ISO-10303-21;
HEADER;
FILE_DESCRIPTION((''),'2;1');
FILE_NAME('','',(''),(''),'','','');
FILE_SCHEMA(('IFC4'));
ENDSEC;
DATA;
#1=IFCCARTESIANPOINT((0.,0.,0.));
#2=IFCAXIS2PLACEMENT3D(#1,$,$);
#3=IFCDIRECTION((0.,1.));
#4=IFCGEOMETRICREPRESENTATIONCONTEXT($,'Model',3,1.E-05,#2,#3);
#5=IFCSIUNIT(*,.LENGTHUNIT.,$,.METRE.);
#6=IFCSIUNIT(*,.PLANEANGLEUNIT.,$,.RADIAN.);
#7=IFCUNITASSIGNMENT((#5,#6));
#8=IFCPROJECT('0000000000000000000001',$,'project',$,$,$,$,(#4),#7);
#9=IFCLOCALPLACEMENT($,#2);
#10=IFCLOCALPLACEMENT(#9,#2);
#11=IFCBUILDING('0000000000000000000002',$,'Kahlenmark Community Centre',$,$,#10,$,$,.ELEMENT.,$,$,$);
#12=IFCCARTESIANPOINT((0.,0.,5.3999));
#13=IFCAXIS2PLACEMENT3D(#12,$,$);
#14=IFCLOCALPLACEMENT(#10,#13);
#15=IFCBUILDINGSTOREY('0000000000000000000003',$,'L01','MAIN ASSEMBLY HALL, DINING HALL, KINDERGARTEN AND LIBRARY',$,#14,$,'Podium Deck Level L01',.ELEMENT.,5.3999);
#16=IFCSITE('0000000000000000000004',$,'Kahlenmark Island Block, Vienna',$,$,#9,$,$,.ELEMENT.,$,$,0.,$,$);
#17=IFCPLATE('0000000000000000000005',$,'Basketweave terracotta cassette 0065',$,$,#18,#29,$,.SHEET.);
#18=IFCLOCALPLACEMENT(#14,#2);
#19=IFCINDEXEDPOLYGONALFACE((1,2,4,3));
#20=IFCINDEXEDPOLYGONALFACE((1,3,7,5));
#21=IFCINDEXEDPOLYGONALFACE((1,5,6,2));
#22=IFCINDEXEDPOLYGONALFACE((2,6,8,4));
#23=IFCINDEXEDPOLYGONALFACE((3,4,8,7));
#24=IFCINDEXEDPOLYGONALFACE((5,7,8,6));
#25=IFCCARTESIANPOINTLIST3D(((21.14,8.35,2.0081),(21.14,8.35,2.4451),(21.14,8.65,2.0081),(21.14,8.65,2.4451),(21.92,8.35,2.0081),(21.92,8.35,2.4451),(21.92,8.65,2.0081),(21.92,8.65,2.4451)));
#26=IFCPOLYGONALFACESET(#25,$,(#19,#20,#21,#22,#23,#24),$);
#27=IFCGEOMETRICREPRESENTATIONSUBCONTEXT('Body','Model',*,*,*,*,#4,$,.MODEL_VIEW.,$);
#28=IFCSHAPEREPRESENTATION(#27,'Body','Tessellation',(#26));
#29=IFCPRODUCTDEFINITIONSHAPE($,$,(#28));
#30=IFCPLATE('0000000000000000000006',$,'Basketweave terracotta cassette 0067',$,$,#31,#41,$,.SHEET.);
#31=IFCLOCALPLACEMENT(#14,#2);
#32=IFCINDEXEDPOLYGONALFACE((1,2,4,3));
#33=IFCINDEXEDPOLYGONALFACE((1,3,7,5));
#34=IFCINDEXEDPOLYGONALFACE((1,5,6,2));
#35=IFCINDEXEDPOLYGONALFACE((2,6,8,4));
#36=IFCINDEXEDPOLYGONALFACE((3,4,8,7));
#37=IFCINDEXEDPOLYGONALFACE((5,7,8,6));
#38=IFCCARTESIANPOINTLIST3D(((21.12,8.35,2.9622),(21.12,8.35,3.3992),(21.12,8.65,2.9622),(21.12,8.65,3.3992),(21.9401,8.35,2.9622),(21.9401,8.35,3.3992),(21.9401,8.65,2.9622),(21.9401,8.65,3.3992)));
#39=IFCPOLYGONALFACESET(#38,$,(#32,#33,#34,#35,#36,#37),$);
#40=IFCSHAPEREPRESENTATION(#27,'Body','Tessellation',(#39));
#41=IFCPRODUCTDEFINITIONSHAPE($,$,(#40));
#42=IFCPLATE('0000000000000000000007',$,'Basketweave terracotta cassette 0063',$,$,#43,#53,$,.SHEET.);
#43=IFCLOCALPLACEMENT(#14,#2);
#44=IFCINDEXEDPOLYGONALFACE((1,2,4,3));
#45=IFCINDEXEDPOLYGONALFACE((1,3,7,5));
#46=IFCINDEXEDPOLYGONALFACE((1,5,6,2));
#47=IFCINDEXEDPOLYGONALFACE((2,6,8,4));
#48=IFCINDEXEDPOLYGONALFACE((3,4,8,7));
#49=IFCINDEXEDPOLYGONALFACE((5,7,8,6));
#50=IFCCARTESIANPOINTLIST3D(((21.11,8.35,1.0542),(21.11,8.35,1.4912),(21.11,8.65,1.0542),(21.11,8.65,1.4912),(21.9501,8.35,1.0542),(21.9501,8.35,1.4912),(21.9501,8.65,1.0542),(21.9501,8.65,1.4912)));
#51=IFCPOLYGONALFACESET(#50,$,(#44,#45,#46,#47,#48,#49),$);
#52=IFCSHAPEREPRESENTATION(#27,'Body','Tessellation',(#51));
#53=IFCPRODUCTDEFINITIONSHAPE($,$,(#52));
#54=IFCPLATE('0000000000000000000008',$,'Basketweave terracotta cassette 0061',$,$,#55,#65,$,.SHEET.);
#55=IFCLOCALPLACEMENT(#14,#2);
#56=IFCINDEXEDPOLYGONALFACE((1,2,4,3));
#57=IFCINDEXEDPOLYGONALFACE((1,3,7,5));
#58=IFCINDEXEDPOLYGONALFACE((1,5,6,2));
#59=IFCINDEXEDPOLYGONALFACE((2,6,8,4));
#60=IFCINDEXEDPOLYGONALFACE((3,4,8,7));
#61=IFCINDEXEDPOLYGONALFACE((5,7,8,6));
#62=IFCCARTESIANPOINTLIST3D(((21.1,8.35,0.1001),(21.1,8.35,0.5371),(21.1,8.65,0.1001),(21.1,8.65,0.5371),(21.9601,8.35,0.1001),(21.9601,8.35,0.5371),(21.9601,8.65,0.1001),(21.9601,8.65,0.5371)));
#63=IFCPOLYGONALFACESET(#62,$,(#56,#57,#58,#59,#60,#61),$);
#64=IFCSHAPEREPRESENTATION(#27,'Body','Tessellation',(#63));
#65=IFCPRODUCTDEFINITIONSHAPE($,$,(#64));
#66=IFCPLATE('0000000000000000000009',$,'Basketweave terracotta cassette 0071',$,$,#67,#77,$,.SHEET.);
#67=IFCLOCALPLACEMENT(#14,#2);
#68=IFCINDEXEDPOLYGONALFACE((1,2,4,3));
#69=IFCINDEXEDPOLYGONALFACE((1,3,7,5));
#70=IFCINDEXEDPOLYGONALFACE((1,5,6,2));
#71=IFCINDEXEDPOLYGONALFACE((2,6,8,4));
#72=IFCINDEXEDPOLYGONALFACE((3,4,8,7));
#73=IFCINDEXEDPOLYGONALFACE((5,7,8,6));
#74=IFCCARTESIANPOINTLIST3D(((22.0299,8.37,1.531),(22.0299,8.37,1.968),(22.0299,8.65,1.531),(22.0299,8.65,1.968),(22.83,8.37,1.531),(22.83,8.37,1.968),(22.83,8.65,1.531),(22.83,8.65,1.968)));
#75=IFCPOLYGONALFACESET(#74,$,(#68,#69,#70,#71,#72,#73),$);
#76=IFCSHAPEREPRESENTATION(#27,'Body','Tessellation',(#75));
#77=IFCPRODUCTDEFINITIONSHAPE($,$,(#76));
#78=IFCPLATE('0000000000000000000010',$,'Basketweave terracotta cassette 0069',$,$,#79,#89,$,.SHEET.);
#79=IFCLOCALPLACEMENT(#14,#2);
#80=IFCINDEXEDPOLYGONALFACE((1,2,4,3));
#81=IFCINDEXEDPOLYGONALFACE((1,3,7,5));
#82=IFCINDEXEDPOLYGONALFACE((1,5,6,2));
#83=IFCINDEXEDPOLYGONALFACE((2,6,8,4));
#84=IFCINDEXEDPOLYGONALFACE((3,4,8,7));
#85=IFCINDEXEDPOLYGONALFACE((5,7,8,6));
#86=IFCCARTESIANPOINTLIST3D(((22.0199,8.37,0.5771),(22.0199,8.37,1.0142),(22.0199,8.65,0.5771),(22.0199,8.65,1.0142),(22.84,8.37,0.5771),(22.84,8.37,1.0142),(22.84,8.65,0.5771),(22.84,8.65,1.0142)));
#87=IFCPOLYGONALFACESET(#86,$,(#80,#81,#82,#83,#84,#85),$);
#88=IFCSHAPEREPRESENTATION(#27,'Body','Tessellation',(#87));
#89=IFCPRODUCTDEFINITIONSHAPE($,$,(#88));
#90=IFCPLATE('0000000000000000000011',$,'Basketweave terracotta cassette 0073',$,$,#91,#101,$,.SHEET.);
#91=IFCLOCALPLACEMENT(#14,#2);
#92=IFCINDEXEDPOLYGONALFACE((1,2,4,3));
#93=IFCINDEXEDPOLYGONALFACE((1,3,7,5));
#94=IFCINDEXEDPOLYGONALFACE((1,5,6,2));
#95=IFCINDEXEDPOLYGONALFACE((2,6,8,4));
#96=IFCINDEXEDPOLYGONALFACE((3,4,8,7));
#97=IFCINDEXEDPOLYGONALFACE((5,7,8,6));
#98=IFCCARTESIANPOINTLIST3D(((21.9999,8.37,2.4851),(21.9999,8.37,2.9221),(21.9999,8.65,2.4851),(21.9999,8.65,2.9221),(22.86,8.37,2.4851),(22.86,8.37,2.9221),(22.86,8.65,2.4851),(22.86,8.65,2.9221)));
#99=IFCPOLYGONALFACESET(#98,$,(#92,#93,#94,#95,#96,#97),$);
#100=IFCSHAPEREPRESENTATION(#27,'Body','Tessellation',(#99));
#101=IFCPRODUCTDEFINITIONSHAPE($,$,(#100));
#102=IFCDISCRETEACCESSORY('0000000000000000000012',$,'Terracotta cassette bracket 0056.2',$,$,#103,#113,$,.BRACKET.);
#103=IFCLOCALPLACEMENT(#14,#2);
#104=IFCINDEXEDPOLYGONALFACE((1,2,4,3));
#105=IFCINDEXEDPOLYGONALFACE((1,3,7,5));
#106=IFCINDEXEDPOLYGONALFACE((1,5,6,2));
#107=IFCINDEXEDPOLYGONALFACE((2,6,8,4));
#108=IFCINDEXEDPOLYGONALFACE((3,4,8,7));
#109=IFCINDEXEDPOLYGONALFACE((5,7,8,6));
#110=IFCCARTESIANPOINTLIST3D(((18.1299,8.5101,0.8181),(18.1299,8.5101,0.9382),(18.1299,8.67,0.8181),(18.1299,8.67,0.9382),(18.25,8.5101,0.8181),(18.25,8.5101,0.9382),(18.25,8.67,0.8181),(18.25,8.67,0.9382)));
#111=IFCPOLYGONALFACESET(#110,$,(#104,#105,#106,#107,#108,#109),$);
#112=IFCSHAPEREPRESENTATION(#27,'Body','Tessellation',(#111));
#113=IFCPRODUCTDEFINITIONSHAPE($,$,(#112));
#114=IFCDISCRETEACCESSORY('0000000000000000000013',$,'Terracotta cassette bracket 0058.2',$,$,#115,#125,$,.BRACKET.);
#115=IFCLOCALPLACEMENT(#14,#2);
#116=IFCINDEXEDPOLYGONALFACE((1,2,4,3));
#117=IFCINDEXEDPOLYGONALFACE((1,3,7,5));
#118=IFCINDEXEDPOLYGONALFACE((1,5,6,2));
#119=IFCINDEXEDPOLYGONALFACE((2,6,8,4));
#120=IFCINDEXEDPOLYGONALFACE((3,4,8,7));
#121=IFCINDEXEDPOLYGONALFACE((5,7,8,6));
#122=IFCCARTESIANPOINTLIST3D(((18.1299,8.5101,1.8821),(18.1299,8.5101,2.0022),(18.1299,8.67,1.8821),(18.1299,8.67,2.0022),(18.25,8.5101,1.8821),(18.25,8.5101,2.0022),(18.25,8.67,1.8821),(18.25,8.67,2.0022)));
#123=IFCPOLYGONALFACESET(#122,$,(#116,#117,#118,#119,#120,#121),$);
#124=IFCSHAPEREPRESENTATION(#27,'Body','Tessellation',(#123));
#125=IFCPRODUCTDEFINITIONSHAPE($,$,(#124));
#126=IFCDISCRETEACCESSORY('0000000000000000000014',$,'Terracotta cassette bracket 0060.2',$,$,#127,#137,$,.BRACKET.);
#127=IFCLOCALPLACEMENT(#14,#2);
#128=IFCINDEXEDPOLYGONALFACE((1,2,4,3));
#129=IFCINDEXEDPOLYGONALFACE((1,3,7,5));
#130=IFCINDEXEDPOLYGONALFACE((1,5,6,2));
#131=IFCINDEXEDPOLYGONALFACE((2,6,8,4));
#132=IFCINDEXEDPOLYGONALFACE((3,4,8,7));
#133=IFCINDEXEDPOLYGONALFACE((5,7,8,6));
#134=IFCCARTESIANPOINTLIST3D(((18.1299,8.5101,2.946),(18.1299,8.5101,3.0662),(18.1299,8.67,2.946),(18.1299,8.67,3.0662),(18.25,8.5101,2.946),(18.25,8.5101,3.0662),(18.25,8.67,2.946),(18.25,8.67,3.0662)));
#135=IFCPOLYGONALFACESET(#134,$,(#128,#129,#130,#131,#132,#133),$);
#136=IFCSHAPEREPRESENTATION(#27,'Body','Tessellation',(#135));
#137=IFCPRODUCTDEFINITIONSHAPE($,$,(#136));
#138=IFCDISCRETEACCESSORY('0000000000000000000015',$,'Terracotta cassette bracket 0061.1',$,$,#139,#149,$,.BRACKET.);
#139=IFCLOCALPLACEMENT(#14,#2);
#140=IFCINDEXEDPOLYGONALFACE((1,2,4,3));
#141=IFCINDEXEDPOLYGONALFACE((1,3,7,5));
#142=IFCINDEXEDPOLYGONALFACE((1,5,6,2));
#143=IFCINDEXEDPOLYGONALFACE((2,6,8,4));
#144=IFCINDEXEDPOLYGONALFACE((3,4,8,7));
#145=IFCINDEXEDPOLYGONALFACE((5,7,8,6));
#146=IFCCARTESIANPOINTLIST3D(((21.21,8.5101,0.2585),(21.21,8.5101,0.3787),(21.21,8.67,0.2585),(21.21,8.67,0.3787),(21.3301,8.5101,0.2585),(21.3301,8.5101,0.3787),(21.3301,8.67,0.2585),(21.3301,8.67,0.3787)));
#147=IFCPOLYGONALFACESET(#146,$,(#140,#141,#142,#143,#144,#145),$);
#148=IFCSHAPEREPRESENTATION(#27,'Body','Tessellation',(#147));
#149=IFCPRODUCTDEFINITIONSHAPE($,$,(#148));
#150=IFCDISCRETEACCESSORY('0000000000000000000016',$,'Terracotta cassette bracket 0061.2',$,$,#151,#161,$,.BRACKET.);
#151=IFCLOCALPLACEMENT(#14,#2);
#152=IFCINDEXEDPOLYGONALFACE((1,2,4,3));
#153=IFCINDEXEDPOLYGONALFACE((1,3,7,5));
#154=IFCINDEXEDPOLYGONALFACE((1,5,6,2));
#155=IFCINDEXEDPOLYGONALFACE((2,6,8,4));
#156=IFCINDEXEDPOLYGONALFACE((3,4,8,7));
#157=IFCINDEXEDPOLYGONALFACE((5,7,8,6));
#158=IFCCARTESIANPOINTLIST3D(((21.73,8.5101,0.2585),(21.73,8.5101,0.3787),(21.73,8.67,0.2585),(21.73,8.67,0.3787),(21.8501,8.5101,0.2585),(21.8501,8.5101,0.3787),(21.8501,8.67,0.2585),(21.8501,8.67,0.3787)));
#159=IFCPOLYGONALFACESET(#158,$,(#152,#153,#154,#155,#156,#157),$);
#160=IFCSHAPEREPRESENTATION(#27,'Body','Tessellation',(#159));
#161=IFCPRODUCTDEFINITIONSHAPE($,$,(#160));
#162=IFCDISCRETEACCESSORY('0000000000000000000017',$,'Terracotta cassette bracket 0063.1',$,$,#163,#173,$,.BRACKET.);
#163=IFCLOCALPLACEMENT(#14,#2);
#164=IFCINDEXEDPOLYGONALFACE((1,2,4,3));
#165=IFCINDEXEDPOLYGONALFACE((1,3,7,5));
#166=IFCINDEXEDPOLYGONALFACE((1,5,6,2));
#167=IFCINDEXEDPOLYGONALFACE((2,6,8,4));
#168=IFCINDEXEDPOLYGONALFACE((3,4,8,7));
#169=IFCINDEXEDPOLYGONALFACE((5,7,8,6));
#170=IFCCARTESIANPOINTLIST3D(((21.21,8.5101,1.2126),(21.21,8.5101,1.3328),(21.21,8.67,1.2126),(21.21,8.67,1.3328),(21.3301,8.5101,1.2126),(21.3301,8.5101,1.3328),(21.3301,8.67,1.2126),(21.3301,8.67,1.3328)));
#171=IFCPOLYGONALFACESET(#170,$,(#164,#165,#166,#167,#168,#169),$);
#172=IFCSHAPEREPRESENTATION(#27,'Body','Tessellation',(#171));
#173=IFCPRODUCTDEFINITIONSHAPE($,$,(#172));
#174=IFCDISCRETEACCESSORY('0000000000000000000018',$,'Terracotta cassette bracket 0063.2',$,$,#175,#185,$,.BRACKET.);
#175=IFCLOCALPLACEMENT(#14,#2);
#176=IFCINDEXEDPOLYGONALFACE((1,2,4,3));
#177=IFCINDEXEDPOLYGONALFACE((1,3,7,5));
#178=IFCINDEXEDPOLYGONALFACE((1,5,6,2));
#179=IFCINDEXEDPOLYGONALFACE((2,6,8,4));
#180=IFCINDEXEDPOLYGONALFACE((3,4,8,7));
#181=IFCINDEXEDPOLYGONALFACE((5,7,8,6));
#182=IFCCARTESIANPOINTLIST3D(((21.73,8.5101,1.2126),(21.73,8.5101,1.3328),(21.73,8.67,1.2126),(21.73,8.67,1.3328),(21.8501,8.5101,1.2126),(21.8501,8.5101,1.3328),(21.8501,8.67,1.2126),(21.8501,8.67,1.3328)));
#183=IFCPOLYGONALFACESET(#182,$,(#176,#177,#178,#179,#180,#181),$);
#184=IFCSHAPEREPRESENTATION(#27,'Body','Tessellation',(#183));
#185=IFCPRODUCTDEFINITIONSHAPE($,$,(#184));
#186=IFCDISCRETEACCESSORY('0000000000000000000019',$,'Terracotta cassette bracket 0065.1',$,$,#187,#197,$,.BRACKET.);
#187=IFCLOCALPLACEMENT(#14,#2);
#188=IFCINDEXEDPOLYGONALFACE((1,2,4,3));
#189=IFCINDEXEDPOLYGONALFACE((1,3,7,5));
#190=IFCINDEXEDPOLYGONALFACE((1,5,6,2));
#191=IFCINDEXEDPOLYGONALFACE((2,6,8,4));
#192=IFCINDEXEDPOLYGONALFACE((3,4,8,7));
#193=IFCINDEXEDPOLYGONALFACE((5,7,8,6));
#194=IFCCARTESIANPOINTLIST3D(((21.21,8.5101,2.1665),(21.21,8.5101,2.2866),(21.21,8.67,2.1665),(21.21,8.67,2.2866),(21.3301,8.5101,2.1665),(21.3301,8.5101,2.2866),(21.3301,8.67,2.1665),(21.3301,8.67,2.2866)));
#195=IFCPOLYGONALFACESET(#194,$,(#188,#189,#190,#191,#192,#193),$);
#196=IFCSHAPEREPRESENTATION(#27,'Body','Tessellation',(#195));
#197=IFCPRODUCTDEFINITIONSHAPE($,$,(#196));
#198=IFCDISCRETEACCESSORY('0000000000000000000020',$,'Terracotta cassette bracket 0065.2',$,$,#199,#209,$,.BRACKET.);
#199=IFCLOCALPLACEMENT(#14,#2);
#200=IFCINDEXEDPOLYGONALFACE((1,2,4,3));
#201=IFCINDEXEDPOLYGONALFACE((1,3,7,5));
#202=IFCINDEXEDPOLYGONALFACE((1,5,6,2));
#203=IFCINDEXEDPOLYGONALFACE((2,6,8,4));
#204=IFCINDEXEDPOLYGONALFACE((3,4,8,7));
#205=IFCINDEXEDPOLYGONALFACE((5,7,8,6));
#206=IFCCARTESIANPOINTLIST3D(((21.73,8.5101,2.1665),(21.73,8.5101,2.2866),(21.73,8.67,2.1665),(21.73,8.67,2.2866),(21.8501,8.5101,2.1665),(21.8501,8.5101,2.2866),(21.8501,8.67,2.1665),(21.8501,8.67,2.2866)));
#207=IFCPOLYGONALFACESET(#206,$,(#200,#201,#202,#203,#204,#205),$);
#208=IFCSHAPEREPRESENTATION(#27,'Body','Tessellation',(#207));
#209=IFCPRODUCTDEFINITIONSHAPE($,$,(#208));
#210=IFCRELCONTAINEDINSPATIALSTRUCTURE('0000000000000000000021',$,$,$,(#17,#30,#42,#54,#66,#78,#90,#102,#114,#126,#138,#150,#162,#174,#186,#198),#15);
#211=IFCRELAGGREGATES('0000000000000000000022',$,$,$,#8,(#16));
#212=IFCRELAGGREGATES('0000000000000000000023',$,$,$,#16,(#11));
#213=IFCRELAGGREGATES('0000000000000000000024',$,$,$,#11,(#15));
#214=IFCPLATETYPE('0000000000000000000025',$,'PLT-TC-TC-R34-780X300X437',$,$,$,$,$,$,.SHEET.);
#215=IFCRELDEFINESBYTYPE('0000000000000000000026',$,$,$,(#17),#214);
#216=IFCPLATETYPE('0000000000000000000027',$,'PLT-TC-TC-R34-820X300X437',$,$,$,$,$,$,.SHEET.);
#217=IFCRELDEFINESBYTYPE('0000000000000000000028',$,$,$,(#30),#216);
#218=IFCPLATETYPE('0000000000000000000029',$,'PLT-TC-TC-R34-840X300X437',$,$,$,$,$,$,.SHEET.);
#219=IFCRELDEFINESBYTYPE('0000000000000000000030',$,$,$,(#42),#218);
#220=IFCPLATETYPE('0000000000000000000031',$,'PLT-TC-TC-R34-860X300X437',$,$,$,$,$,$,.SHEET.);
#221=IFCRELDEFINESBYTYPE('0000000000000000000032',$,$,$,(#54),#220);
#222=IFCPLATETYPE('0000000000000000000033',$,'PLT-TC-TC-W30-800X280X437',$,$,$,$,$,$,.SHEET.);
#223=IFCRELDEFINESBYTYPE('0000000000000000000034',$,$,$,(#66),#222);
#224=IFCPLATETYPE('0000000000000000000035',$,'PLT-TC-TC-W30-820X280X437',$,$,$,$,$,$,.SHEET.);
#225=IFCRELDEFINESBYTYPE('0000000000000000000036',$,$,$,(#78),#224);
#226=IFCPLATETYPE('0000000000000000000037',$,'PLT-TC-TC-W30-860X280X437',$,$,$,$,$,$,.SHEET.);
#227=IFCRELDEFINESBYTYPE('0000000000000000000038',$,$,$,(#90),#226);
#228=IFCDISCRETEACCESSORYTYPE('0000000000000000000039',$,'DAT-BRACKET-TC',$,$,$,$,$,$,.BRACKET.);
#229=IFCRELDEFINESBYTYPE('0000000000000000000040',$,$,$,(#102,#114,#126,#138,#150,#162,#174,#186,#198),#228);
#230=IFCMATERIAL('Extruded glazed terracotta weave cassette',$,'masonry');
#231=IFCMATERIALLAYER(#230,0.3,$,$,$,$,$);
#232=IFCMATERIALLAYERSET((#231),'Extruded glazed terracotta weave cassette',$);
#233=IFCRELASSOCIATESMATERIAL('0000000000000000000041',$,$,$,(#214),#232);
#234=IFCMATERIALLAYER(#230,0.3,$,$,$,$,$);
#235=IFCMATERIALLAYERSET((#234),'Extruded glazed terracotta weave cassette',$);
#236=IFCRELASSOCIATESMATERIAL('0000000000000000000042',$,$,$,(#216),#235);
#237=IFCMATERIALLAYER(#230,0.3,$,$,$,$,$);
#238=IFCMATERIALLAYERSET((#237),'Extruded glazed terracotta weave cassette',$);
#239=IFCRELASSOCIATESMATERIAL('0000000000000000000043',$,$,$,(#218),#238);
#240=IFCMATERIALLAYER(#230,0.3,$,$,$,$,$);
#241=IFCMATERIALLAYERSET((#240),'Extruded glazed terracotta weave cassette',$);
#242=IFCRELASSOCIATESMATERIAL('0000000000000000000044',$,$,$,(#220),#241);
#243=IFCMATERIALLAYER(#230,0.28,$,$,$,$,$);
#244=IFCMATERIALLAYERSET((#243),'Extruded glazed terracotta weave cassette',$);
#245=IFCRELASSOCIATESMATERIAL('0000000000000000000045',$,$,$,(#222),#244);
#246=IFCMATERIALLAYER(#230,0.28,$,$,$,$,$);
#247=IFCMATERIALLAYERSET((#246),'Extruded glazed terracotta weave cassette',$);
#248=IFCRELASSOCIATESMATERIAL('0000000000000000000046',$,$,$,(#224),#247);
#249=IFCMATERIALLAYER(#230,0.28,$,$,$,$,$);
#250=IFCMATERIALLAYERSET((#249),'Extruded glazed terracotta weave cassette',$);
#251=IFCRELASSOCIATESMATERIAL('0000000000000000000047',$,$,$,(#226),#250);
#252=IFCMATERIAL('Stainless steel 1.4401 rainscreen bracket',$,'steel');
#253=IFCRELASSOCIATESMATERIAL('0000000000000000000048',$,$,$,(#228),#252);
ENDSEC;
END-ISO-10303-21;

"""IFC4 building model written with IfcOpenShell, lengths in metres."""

from ifc_helpers import new_model, si_unit, direction, frame, origin, origin_2d, place, context, subcontext, project, spatial, rectangle, extrude, material, layer, layer_set, type_object, element, save


model = new_model("IFC4")

# Units and contexts
model_context = context("Model", 3, precision=1e-05, world=origin(), true_north=direction((0.0, 1.0)))
body_context = subcontext(model_context, "Body", "Model", "MODEL_VIEW")
ifc_project = project(units=[si_unit("LENGTHUNIT", "METRE"), si_unit("PLANEANGLEUNIT", "RADIAN")], contexts=[model_context])

# Site, building, storey
site_placement = place(None, origin())
site = spatial("IfcSite", under=ifc_project, at=site_placement, Name="Kahlenmark Island Block, Vienna", CompositionType="ELEMENT", RefElevation=0.0)
building_placement = place(site_placement, origin())
building = spatial("IfcBuilding", under=site, at=building_placement, Name="Kahlenmark Community Centre", CompositionType="ELEMENT")
storey_placement = place(building_placement, frame((0.0, 0.0, 5.3999)))
storey = spatial("IfcBuildingStorey", under=building, at=storey_placement, Name="L01", Description="MAIN ASSEMBLY HALL, DINING HALL, KINDERGARTEN AND LIBRARY", LongName="Podium Deck Level L01", CompositionType="ELEMENT", Elevation=5.3999)

# Plates
ifc_material_1 = material(Name="Extruded glazed terracotta weave cassette", Category="masonry")
ifc_layer_1 = layer(ifc_material_1, 0.3)
ifc_layer_set_1 = layer_set([ifc_layer_1], Name="Extruded glazed terracotta weave cassette")
plate_type_1 = type_object("IfcPlateType", Name="PLT-TC-TC-R34-780X300X437", PredefinedType="SHEET", material=ifc_layer_set_1)
plate_1_placement = place(storey_placement, frame((21.53, 8.5, 2.0081), z_axis=(0.0, 0.0, 1.0), x_axis=(1.0, 0.0, 0.0)))
element("IfcPlate", 1, at=plate_1_placement, inside=storey, type_object=plate_type_1, Name="Basketweave terracotta cassette 0065", PredefinedType="SHEET", context=body_context, shape_type="SweptSolid", body=[
    extrude(rectangle(XDim=0.78, YDim=0.3, at=origin_2d()), origin(), (0.0, 0.0, 1.0), 0.437),
])
ifc_layer_2 = layer(ifc_material_1, 0.3)
ifc_layer_set_2 = layer_set([ifc_layer_2], Name="Extruded glazed terracotta weave cassette")
plate_type_2 = type_object("IfcPlateType", Name="PLT-TC-TC-R34-820X300X437", PredefinedType="SHEET", material=ifc_layer_set_2)
plate_2_placement = place(storey_placement, frame((21.53, 8.5, 2.9622), z_axis=(0.0, 0.0, 1.0), x_axis=(1.0, 0.0, 0.0)))
element("IfcPlate", 2, at=plate_2_placement, inside=storey, type_object=plate_type_2, Name="Basketweave terracotta cassette 0067", PredefinedType="SHEET", context=body_context, shape_type="SweptSolid", body=[
    extrude(rectangle(XDim=0.8201, YDim=0.3, at=origin_2d()), origin(), (0.0, 0.0, 1.0), 0.437),
])
ifc_layer_3 = layer(ifc_material_1, 0.3)
ifc_layer_set_3 = layer_set([ifc_layer_3], Name="Extruded glazed terracotta weave cassette")
plate_type_3 = type_object("IfcPlateType", Name="PLT-TC-TC-R34-840X300X437", PredefinedType="SHEET", material=ifc_layer_set_3)
plate_3_placement = place(storey_placement, frame((21.53, 8.5, 1.0542), z_axis=(0.0, 0.0, 1.0), x_axis=(1.0, 0.0, 0.0)))
element("IfcPlate", 3, at=plate_3_placement, inside=storey, type_object=plate_type_3, Name="Basketweave terracotta cassette 0063", PredefinedType="SHEET", context=body_context, shape_type="SweptSolid", body=[
    extrude(rectangle(XDim=0.8401, YDim=0.3, at=origin_2d()), origin(), (0.0, 0.0, 1.0), 0.437),
])
ifc_layer_4 = layer(ifc_material_1, 0.3)
ifc_layer_set_4 = layer_set([ifc_layer_4], Name="Extruded glazed terracotta weave cassette")
plate_type_4 = type_object("IfcPlateType", Name="PLT-TC-TC-R34-860X300X437", PredefinedType="SHEET", material=ifc_layer_set_4)
plate_4_placement = place(storey_placement, frame((21.53, 8.5, 0.1001), z_axis=(0.0, 0.0, 1.0), x_axis=(1.0, 0.0, 0.0)))
element("IfcPlate", 4, at=plate_4_placement, inside=storey, type_object=plate_type_4, Name="Basketweave terracotta cassette 0061", PredefinedType="SHEET", context=body_context, shape_type="SweptSolid", body=[
    extrude(rectangle(XDim=0.8601, YDim=0.3, at=origin_2d()), origin(), (0.0, 0.0, 1.0), 0.437),
])
ifc_layer_5 = layer(ifc_material_1, 0.28)
ifc_layer_set_5 = layer_set([ifc_layer_5], Name="Extruded glazed terracotta weave cassette")
plate_type_5 = type_object("IfcPlateType", Name="PLT-TC-TC-W30-800X280X437", PredefinedType="SHEET", material=ifc_layer_set_5)
plate_5_placement = place(storey_placement, frame((22.4299, 8.51, 1.531), z_axis=(0.0, 0.0, 1.0), x_axis=(1.0, 0.0, 0.0)))
element("IfcPlate", 5, at=plate_5_placement, inside=storey, type_object=plate_type_5, Name="Basketweave terracotta cassette 0071", PredefinedType="SHEET", context=body_context, shape_type="SweptSolid", body=[
    extrude(rectangle(XDim=0.8, YDim=0.28, at=origin_2d()), origin(), (0.0, 0.0, 1.0), 0.437),
])
ifc_layer_6 = layer(ifc_material_1, 0.28)
ifc_layer_set_6 = layer_set([ifc_layer_6], Name="Extruded glazed terracotta weave cassette")
plate_type_6 = type_object("IfcPlateType", Name="PLT-TC-TC-W30-820X280X437", PredefinedType="SHEET", material=ifc_layer_set_6)
plate_6_placement = place(storey_placement, frame((22.4299, 8.51, 0.5771), z_axis=(0.0, 0.0, 1.0), x_axis=(1.0, 0.0, 0.0)))
element("IfcPlate", 6, at=plate_6_placement, inside=storey, type_object=plate_type_6, Name="Basketweave terracotta cassette 0069", PredefinedType="SHEET", context=body_context, shape_type="SweptSolid", body=[
    extrude(rectangle(XDim=0.8201, YDim=0.28, at=origin_2d()), origin(), (0.0, 0.0, 1.0), 0.437),
])
ifc_layer_7 = layer(ifc_material_1, 0.28)
ifc_layer_set_7 = layer_set([ifc_layer_7], Name="Extruded glazed terracotta weave cassette")
plate_type_7 = type_object("IfcPlateType", Name="PLT-TC-TC-W30-860X280X437", PredefinedType="SHEET", material=ifc_layer_set_7)
plate_7_placement = place(storey_placement, frame((22.4299, 8.51, 2.4851), z_axis=(0.0, 0.0, 1.0), x_axis=(1.0, 0.0, 0.0)))
element("IfcPlate", 7, at=plate_7_placement, inside=storey, type_object=plate_type_7, Name="Basketweave terracotta cassette 0073", PredefinedType="SHEET", context=body_context, shape_type="SweptSolid", body=[
    extrude(rectangle(XDim=0.8601, YDim=0.28, at=origin_2d()), origin(), (0.0, 0.0, 1.0), 0.437),
])

# Discrete accessories
ifc_material_2 = material(Name="Stainless steel 1.4401 rainscreen bracket", Category="steel")
discrete_accessory_type = type_object("IfcDiscreteAccessoryType", Name="DAT-BRACKET-TC", PredefinedType="BRACKET", material=ifc_material_2)
for number, where, z_axis, x_axis, name in (
    (8, (18.1899, 8.5901, 0.8181), (0.0, 0.0, 1.0), (1.0, 0.0, 0.0), "Terracotta cassette bracket 0056.2"),
    (9, (18.1899, 8.5901, 1.8821), (0.0, 0.0, 1.0), (1.0, 0.0, 0.0), "Terracotta cassette bracket 0058.2"),
    (10, (18.1899, 8.5901, 2.946), (0.0, 0.0, 1.0), (1.0, 0.0, 0.0), "Terracotta cassette bracket 0060.2"),
    (11, (21.27, 8.5901, 0.2585), (0.0, 0.0, 1.0), (1.0, 0.0, 0.0), "Terracotta cassette bracket 0061.1"),
    (12, (21.79, 8.5901, 0.2585), (0.0, 0.0, 1.0), (1.0, 0.0, 0.0), "Terracotta cassette bracket 0061.2"),
    (13, (21.27, 8.5901, 1.2126), (0.0, 0.0, 1.0), (1.0, 0.0, 0.0), "Terracotta cassette bracket 0063.1"),
    (14, (21.79, 8.5901, 1.2126), (0.0, 0.0, 1.0), (1.0, 0.0, 0.0), "Terracotta cassette bracket 0063.2"),
    (15, (21.27, 8.5901, 2.1665), (0.0, 0.0, 1.0), (1.0, 0.0, 0.0), "Terracotta cassette bracket 0065.1"),
    (16, (21.79, 8.5901, 2.1665), (0.0, 0.0, 1.0), (1.0, 0.0, 0.0), "Terracotta cassette bracket 0065.2"),
):
    element("IfcDiscreteAccessory", number, at=place(storey_placement, frame(where, z_axis=z_axis, x_axis=x_axis)), inside=storey, type_object=discrete_accessory_type, Name=name, PredefinedType="BRACKET", context=body_context, shape_type="SweptSolid", body=[
        extrude(rectangle(XDim=0.1201, YDim=0.1599, at=origin_2d()), origin(), (0.0, 0.0, 1.0), 0.1201),
    ])

save(model, "model.ifc")
